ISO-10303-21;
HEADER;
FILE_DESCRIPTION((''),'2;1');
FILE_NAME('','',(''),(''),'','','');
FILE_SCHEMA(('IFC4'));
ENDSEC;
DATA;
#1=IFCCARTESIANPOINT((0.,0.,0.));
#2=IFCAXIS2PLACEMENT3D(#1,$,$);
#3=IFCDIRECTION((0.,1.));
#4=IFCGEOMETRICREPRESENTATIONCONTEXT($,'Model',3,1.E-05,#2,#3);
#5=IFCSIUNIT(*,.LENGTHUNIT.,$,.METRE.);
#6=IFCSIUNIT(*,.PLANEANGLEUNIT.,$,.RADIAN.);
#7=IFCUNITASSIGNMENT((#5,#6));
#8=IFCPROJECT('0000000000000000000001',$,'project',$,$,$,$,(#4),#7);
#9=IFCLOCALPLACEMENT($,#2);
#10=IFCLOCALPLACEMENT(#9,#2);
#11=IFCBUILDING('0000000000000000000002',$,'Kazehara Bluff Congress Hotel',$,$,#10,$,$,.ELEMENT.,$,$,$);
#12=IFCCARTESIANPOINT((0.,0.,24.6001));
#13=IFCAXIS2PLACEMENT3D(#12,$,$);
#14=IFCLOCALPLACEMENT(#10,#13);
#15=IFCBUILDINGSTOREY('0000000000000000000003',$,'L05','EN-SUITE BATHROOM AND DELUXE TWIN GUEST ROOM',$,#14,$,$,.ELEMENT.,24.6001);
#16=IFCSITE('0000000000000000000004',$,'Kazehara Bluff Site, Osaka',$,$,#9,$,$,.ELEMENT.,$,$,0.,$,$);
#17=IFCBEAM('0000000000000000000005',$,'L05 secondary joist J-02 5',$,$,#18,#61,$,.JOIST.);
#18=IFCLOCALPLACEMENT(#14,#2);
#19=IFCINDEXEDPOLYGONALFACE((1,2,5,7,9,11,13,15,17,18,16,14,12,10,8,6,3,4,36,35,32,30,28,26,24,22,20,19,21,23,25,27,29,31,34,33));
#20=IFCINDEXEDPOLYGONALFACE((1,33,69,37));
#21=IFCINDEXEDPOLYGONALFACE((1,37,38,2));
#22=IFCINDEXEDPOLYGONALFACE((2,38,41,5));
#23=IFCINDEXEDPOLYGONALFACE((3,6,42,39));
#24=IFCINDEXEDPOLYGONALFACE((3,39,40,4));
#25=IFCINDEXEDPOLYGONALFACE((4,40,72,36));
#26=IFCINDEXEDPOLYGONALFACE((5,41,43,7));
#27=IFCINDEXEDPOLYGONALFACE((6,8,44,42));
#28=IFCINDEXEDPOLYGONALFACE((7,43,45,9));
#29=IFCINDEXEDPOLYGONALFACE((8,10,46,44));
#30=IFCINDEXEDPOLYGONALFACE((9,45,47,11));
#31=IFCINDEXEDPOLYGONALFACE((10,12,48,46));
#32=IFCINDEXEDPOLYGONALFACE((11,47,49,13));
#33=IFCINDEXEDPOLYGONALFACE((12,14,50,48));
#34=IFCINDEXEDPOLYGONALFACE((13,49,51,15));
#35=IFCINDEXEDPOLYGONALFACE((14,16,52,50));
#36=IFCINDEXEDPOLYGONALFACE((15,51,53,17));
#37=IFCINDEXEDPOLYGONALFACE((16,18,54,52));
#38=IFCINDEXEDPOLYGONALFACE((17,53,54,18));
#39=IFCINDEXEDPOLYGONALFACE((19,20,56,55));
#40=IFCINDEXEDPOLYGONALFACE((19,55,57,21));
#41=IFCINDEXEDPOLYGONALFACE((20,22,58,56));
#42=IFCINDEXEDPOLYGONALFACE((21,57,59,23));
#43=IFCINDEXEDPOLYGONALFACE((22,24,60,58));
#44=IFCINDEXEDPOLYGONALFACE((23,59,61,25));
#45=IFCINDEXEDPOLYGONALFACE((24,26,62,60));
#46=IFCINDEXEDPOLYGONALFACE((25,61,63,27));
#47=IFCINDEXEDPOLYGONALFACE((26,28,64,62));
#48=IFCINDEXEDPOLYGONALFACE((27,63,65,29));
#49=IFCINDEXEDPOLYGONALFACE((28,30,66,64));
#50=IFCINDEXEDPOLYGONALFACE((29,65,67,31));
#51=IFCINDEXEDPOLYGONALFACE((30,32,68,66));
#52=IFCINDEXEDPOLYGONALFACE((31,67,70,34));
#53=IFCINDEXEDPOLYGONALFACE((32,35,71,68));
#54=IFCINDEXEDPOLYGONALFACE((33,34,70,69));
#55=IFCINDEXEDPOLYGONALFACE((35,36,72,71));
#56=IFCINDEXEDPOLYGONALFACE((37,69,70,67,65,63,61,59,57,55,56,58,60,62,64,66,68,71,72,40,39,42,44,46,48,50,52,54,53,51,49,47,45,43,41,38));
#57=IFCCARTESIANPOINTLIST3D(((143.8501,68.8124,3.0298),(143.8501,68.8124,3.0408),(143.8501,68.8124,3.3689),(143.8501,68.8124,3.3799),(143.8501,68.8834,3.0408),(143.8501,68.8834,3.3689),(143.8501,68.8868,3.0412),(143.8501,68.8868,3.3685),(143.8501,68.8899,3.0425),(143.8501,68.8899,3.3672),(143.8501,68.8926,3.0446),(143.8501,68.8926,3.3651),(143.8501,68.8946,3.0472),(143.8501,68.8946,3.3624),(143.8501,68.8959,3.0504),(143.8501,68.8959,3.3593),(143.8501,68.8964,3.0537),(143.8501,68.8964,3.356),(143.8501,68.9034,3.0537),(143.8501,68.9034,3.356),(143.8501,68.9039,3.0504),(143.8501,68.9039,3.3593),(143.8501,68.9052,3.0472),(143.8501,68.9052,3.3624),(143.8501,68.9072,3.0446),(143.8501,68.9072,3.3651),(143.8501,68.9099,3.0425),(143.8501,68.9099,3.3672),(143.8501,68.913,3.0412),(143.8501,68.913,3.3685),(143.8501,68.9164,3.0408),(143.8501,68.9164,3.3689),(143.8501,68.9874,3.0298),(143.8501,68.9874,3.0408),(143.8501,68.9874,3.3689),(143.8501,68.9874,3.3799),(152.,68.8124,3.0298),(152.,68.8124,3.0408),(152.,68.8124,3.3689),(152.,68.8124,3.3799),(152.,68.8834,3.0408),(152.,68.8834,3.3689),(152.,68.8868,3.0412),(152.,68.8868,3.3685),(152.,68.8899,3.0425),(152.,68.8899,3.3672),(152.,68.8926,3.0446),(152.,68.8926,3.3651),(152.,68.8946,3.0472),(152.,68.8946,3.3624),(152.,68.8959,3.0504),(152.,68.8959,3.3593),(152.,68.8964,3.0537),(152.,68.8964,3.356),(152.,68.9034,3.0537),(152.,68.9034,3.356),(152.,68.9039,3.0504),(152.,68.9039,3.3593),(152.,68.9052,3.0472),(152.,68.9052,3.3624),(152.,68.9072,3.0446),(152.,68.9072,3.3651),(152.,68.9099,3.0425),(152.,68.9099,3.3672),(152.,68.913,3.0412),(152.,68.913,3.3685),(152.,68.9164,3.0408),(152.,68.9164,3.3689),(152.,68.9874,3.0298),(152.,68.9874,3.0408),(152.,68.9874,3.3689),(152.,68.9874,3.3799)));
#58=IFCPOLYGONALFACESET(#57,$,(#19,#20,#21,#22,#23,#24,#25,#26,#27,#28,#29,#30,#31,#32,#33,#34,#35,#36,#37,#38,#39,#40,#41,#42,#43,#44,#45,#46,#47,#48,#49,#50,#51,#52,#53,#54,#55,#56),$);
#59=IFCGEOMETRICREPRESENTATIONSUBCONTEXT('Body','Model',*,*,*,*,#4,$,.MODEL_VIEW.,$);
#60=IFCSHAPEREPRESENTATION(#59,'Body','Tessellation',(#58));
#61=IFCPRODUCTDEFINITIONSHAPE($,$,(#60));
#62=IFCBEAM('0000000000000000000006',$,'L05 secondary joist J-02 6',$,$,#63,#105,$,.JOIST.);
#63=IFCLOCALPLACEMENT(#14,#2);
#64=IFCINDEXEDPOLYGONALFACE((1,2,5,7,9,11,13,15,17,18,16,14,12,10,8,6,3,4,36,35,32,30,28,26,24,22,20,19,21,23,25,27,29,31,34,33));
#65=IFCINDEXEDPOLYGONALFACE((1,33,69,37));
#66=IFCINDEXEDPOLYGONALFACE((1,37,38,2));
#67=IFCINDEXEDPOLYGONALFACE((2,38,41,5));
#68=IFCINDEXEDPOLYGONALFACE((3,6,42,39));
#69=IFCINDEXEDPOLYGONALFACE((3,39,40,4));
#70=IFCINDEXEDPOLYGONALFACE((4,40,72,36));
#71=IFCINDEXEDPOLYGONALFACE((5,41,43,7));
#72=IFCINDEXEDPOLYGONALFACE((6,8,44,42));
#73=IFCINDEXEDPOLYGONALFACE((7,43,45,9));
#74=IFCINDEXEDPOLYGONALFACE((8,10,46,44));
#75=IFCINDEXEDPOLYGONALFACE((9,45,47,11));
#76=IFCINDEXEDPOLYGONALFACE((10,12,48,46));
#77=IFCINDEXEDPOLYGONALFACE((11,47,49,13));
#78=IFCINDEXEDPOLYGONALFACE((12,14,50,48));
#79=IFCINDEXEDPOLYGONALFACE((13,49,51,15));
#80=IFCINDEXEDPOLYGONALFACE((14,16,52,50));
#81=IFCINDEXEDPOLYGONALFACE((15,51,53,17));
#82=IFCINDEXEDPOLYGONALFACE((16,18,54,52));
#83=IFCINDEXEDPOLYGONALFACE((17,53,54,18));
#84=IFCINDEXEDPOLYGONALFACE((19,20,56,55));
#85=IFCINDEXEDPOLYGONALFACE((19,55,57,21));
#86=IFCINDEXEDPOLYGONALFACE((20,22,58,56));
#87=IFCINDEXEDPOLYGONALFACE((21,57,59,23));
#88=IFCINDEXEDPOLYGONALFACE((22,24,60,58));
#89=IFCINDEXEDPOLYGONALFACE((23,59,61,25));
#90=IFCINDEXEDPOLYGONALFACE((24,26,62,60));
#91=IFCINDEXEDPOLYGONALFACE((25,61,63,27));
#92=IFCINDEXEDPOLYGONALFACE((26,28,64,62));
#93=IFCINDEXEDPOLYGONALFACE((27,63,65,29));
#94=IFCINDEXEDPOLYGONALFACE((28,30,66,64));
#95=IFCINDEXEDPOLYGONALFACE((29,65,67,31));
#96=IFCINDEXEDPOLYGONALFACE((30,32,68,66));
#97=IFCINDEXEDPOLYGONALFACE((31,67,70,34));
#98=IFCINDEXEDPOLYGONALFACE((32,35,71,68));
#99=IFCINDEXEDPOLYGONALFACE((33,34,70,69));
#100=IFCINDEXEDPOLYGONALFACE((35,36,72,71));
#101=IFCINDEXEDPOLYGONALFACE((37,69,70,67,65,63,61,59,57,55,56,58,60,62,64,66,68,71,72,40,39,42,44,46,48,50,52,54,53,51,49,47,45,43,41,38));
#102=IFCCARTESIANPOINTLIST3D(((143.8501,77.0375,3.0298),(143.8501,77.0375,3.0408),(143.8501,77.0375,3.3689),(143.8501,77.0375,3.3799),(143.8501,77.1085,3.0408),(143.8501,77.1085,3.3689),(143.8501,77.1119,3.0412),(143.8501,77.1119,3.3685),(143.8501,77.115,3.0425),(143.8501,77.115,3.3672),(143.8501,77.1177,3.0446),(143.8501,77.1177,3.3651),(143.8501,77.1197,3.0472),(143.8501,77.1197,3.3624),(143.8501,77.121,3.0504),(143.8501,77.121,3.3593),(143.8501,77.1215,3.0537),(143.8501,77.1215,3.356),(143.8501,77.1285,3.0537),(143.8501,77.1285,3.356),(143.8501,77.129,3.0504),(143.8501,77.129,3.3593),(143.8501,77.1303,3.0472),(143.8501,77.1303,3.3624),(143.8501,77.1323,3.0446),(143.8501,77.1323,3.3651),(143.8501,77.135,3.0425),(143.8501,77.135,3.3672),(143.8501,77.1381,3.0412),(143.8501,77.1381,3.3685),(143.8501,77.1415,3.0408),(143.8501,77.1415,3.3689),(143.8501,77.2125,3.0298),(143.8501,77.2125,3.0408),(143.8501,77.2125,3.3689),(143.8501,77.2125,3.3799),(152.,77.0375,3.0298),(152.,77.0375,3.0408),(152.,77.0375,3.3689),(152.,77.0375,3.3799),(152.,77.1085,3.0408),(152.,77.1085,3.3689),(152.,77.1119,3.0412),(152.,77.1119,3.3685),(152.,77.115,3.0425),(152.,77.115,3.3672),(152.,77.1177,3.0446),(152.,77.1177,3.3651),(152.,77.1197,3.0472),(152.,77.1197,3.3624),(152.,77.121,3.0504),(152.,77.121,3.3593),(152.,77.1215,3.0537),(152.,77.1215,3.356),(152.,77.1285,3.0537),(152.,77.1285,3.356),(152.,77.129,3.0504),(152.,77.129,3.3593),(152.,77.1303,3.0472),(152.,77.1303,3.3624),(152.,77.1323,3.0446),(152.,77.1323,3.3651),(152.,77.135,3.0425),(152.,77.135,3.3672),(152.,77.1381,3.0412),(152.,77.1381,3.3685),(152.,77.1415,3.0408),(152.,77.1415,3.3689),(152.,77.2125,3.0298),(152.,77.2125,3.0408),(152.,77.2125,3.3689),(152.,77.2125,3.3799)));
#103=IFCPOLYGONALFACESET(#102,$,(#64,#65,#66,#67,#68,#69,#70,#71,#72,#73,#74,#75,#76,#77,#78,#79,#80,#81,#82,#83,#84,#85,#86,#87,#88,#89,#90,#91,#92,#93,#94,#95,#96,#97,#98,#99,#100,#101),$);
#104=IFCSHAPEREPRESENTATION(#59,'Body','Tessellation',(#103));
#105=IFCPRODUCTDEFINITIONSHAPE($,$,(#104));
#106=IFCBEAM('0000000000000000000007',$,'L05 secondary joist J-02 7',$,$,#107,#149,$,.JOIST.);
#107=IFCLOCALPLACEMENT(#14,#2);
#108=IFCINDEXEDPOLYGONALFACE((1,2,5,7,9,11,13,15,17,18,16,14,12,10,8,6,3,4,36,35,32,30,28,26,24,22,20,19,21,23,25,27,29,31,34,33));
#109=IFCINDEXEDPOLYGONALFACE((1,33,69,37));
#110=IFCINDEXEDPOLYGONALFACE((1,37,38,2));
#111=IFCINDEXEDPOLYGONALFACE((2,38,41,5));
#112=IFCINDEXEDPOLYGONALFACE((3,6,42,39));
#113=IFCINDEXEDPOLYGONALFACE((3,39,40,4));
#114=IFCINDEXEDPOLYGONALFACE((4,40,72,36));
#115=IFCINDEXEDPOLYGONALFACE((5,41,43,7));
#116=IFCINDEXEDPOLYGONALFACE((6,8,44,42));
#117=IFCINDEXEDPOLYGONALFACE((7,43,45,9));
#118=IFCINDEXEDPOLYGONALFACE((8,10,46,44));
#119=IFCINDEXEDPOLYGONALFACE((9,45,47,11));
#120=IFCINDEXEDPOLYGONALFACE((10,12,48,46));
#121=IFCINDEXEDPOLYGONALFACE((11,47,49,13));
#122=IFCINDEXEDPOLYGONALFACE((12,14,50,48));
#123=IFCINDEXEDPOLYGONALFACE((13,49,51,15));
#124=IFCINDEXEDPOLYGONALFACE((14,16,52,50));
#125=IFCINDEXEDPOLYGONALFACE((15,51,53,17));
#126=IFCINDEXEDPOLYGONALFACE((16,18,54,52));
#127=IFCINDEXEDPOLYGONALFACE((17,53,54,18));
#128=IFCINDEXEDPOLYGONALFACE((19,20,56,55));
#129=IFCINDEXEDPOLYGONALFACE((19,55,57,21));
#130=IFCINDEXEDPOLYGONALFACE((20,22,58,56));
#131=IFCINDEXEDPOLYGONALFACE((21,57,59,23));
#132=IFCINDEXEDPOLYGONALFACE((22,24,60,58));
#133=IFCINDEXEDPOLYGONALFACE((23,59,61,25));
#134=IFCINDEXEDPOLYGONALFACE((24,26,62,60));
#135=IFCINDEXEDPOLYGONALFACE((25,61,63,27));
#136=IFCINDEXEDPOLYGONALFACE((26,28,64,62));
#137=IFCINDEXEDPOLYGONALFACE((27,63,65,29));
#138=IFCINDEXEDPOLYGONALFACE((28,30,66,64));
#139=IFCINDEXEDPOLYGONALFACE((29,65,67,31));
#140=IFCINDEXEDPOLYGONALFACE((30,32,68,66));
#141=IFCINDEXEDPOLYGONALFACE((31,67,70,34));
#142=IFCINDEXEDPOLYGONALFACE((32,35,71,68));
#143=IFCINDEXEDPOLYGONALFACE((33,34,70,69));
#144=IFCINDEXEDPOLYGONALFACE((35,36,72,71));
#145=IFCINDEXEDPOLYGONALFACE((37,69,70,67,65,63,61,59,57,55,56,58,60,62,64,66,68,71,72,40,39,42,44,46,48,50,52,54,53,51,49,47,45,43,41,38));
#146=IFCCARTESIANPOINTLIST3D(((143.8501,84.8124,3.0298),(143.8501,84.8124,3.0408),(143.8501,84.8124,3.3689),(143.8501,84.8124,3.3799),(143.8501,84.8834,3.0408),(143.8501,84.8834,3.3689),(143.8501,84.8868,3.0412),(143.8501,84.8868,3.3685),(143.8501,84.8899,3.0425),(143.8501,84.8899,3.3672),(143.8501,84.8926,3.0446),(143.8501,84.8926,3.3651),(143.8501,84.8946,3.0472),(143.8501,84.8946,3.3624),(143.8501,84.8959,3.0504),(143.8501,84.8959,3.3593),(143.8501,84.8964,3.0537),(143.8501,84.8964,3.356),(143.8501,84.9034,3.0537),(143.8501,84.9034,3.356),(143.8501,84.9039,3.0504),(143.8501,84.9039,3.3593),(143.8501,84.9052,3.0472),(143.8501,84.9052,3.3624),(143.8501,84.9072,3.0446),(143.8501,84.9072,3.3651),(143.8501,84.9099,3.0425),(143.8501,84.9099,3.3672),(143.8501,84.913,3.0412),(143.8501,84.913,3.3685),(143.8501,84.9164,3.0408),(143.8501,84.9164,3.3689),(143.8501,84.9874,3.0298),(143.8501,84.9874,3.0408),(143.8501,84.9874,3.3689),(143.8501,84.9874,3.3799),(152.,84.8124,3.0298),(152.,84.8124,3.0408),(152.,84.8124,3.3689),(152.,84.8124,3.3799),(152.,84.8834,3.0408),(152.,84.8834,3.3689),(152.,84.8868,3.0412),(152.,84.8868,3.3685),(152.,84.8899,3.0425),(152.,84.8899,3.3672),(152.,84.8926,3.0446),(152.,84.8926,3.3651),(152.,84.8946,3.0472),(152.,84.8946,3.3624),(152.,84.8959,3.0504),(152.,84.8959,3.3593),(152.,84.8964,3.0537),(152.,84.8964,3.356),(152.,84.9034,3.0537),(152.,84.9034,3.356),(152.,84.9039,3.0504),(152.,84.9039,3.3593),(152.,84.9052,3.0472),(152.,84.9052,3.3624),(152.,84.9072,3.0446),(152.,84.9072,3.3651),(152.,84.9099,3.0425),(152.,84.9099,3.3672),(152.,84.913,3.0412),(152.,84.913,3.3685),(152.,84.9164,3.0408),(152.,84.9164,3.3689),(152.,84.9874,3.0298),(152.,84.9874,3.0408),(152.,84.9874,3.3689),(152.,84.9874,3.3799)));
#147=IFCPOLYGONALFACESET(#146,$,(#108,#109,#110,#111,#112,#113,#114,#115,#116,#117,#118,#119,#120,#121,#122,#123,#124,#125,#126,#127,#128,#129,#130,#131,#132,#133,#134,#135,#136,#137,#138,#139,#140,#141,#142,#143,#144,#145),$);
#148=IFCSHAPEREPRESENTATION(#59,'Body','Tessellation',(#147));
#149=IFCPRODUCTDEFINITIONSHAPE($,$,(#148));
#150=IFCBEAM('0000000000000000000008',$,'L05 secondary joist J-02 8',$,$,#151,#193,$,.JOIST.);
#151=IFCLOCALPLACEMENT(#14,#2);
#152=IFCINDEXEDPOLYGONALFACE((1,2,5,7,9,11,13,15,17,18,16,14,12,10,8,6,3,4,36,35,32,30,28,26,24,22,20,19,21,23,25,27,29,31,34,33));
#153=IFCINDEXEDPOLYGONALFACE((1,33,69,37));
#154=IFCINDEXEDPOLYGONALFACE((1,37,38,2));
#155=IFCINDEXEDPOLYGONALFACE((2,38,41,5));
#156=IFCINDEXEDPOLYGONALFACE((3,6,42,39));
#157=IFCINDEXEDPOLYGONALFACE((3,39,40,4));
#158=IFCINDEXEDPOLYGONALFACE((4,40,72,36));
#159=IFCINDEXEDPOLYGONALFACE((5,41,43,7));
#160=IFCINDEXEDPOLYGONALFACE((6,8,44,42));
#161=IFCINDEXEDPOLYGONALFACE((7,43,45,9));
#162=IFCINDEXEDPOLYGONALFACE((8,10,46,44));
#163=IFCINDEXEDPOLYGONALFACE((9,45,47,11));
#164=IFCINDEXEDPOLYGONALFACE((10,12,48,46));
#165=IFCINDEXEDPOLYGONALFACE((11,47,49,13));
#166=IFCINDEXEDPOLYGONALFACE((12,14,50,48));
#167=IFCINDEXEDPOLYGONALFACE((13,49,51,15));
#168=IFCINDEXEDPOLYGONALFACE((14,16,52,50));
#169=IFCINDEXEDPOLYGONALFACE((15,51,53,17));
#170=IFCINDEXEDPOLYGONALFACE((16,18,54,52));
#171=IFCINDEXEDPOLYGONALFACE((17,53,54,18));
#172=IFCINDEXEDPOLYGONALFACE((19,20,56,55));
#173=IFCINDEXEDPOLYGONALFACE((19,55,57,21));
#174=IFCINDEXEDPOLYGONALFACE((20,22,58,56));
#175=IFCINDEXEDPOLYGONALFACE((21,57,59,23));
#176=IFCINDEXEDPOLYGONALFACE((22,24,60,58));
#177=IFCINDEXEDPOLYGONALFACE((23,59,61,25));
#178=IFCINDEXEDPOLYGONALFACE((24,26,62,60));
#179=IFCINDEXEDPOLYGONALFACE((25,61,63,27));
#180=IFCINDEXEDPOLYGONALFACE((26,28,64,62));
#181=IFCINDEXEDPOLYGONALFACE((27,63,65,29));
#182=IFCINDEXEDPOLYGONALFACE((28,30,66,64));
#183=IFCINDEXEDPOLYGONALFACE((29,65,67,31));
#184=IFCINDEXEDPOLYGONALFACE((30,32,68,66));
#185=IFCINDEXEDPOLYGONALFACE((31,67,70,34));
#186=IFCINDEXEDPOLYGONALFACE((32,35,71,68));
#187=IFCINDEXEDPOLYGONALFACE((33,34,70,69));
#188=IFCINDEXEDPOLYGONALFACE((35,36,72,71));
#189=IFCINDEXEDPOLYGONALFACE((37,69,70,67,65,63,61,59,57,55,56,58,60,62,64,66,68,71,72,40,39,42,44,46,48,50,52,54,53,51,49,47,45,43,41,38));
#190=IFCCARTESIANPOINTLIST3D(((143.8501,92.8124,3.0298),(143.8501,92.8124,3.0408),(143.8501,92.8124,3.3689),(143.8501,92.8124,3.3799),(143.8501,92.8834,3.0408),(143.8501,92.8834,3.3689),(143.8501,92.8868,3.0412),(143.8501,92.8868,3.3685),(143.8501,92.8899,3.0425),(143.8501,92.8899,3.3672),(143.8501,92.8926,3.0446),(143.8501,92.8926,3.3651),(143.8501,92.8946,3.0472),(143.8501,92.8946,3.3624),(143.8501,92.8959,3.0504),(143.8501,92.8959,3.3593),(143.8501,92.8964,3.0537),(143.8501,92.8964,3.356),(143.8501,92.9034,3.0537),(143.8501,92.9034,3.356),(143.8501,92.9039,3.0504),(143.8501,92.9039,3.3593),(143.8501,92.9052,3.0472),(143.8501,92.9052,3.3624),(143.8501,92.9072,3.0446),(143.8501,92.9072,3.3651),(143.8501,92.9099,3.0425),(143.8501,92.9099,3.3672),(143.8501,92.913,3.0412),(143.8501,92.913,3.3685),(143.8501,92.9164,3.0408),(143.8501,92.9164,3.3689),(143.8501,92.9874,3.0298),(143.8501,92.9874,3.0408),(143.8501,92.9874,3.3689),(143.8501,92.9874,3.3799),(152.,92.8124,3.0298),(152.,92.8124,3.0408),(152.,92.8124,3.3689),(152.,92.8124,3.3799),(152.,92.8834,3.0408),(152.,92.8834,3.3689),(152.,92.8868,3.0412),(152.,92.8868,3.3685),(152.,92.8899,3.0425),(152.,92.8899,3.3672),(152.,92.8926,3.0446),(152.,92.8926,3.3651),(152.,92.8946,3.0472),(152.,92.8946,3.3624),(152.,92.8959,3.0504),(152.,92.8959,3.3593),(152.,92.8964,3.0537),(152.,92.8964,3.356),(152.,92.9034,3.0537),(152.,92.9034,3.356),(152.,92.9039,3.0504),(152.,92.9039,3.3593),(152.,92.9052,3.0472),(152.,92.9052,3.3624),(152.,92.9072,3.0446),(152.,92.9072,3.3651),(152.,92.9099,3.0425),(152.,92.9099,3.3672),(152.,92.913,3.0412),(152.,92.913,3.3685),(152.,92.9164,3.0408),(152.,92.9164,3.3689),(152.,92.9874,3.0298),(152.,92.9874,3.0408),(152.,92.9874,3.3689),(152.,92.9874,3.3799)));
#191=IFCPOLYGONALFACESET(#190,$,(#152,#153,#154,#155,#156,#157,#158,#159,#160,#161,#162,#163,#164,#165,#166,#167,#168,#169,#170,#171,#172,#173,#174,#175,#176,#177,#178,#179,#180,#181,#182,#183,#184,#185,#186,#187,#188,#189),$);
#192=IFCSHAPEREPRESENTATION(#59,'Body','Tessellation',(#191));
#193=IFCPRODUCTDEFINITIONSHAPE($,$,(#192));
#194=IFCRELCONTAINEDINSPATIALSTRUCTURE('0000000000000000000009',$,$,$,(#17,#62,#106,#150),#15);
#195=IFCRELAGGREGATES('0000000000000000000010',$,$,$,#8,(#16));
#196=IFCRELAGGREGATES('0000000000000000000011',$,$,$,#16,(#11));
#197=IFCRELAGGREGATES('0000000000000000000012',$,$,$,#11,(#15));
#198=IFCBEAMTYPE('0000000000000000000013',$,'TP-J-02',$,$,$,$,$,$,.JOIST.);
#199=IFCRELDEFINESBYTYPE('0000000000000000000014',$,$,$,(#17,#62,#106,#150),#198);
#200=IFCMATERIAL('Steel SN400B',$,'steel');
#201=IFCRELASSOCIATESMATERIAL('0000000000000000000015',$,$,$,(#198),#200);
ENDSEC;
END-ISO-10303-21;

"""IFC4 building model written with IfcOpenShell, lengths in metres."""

from ifc_helpers import new_model, si_unit, direction, frame, origin, origin_2d, place, context, subcontext, project, spatial, i_section, extrude, material, material_profile, profile_set, type_object, element, save


model = new_model("IFC4")

# Units and contexts
model_context = context("Model", 3, precision=1e-05, world=origin(), true_north=direction((0.0, 1.0)))
body_context = subcontext(model_context, "Body", "Model", "MODEL_VIEW")
ifc_project = project(units=[si_unit("LENGTHUNIT", "METRE"), si_unit("PLANEANGLEUNIT", "RADIAN")], contexts=[model_context])

# Site, building, storey
site_placement = place(None, origin())
site = spatial("IfcSite", under=ifc_project, at=site_placement, Name="Kazehara Bluff Site, Osaka", CompositionType="ELEMENT", RefElevation=0.0)
building_placement = place(site_placement, origin())
building = spatial("IfcBuilding", under=site, at=building_placement, Name="Kazehara Bluff Congress Hotel", CompositionType="ELEMENT")
storey_placement = place(building_placement, frame((0.0, 0.0, 24.6001)))
storey = spatial("IfcBuildingStorey", under=building, at=storey_placement, Name="L05", Description="EN-SUITE BATHROOM AND DELUXE TWIN GUEST ROOM", CompositionType="ELEMENT", Elevation=24.6001)

# Beams
ifc_material_1 = material(Name="Steel SN400B", Category="steel")
ifc_material_profile_1 = material_profile(ifc_material_1, i_section(OverallWidth=0.175, OverallDepth=0.3501, WebThickness=0.0071, FlangeThickness=0.011, FilletRadius=0.0129, at=origin_2d()))
ifc_profile_set_1 = profile_set([ifc_material_profile_1], Name="Steel SN400B")
beam_type_1 = type_object("IfcBeamType", Name="TP-J-02", PredefinedType="JOIST", material=ifc_profile_set_1)
for number, where, z_axis, x_axis, name in (
    (1, (143.8501, 68.8999, 3.2048), (1.0, 0.0, 0.0), (0.0, 1.0, 0.0), "L05 secondary joist J-02 5"),
    (2, (143.8501, 77.125, 3.2048), (1.0, 0.0, 0.0), (0.0, 1.0, 0.0), "L05 secondary joist J-02 6"),
    (3, (143.8501, 84.8999, 3.2048), (1.0, 0.0, 0.0), (0.0, 1.0, 0.0), "L05 secondary joist J-02 7"),
    (4, (143.8501, 92.8999, 3.2048), (1.0, 0.0, 0.0), (0.0, 1.0, 0.0), "L05 secondary joist J-02 8"),
):
    element("IfcBeam", number, at=place(storey_placement, frame(where, z_axis=z_axis, x_axis=x_axis)), inside=storey, type_object=beam_type_1, Name=name, PredefinedType="JOIST", context=body_context, shape_type="SweptSolid", body=[
        extrude(i_section(OverallWidth=0.175, OverallDepth=0.3501, WebThickness=0.0071, FlangeThickness=0.011, FilletRadius=0.0129, at=origin_2d()), origin(), (0.0, 0.0, 1.0), 8.1499),
    ])

save(model, "model.ifc")
